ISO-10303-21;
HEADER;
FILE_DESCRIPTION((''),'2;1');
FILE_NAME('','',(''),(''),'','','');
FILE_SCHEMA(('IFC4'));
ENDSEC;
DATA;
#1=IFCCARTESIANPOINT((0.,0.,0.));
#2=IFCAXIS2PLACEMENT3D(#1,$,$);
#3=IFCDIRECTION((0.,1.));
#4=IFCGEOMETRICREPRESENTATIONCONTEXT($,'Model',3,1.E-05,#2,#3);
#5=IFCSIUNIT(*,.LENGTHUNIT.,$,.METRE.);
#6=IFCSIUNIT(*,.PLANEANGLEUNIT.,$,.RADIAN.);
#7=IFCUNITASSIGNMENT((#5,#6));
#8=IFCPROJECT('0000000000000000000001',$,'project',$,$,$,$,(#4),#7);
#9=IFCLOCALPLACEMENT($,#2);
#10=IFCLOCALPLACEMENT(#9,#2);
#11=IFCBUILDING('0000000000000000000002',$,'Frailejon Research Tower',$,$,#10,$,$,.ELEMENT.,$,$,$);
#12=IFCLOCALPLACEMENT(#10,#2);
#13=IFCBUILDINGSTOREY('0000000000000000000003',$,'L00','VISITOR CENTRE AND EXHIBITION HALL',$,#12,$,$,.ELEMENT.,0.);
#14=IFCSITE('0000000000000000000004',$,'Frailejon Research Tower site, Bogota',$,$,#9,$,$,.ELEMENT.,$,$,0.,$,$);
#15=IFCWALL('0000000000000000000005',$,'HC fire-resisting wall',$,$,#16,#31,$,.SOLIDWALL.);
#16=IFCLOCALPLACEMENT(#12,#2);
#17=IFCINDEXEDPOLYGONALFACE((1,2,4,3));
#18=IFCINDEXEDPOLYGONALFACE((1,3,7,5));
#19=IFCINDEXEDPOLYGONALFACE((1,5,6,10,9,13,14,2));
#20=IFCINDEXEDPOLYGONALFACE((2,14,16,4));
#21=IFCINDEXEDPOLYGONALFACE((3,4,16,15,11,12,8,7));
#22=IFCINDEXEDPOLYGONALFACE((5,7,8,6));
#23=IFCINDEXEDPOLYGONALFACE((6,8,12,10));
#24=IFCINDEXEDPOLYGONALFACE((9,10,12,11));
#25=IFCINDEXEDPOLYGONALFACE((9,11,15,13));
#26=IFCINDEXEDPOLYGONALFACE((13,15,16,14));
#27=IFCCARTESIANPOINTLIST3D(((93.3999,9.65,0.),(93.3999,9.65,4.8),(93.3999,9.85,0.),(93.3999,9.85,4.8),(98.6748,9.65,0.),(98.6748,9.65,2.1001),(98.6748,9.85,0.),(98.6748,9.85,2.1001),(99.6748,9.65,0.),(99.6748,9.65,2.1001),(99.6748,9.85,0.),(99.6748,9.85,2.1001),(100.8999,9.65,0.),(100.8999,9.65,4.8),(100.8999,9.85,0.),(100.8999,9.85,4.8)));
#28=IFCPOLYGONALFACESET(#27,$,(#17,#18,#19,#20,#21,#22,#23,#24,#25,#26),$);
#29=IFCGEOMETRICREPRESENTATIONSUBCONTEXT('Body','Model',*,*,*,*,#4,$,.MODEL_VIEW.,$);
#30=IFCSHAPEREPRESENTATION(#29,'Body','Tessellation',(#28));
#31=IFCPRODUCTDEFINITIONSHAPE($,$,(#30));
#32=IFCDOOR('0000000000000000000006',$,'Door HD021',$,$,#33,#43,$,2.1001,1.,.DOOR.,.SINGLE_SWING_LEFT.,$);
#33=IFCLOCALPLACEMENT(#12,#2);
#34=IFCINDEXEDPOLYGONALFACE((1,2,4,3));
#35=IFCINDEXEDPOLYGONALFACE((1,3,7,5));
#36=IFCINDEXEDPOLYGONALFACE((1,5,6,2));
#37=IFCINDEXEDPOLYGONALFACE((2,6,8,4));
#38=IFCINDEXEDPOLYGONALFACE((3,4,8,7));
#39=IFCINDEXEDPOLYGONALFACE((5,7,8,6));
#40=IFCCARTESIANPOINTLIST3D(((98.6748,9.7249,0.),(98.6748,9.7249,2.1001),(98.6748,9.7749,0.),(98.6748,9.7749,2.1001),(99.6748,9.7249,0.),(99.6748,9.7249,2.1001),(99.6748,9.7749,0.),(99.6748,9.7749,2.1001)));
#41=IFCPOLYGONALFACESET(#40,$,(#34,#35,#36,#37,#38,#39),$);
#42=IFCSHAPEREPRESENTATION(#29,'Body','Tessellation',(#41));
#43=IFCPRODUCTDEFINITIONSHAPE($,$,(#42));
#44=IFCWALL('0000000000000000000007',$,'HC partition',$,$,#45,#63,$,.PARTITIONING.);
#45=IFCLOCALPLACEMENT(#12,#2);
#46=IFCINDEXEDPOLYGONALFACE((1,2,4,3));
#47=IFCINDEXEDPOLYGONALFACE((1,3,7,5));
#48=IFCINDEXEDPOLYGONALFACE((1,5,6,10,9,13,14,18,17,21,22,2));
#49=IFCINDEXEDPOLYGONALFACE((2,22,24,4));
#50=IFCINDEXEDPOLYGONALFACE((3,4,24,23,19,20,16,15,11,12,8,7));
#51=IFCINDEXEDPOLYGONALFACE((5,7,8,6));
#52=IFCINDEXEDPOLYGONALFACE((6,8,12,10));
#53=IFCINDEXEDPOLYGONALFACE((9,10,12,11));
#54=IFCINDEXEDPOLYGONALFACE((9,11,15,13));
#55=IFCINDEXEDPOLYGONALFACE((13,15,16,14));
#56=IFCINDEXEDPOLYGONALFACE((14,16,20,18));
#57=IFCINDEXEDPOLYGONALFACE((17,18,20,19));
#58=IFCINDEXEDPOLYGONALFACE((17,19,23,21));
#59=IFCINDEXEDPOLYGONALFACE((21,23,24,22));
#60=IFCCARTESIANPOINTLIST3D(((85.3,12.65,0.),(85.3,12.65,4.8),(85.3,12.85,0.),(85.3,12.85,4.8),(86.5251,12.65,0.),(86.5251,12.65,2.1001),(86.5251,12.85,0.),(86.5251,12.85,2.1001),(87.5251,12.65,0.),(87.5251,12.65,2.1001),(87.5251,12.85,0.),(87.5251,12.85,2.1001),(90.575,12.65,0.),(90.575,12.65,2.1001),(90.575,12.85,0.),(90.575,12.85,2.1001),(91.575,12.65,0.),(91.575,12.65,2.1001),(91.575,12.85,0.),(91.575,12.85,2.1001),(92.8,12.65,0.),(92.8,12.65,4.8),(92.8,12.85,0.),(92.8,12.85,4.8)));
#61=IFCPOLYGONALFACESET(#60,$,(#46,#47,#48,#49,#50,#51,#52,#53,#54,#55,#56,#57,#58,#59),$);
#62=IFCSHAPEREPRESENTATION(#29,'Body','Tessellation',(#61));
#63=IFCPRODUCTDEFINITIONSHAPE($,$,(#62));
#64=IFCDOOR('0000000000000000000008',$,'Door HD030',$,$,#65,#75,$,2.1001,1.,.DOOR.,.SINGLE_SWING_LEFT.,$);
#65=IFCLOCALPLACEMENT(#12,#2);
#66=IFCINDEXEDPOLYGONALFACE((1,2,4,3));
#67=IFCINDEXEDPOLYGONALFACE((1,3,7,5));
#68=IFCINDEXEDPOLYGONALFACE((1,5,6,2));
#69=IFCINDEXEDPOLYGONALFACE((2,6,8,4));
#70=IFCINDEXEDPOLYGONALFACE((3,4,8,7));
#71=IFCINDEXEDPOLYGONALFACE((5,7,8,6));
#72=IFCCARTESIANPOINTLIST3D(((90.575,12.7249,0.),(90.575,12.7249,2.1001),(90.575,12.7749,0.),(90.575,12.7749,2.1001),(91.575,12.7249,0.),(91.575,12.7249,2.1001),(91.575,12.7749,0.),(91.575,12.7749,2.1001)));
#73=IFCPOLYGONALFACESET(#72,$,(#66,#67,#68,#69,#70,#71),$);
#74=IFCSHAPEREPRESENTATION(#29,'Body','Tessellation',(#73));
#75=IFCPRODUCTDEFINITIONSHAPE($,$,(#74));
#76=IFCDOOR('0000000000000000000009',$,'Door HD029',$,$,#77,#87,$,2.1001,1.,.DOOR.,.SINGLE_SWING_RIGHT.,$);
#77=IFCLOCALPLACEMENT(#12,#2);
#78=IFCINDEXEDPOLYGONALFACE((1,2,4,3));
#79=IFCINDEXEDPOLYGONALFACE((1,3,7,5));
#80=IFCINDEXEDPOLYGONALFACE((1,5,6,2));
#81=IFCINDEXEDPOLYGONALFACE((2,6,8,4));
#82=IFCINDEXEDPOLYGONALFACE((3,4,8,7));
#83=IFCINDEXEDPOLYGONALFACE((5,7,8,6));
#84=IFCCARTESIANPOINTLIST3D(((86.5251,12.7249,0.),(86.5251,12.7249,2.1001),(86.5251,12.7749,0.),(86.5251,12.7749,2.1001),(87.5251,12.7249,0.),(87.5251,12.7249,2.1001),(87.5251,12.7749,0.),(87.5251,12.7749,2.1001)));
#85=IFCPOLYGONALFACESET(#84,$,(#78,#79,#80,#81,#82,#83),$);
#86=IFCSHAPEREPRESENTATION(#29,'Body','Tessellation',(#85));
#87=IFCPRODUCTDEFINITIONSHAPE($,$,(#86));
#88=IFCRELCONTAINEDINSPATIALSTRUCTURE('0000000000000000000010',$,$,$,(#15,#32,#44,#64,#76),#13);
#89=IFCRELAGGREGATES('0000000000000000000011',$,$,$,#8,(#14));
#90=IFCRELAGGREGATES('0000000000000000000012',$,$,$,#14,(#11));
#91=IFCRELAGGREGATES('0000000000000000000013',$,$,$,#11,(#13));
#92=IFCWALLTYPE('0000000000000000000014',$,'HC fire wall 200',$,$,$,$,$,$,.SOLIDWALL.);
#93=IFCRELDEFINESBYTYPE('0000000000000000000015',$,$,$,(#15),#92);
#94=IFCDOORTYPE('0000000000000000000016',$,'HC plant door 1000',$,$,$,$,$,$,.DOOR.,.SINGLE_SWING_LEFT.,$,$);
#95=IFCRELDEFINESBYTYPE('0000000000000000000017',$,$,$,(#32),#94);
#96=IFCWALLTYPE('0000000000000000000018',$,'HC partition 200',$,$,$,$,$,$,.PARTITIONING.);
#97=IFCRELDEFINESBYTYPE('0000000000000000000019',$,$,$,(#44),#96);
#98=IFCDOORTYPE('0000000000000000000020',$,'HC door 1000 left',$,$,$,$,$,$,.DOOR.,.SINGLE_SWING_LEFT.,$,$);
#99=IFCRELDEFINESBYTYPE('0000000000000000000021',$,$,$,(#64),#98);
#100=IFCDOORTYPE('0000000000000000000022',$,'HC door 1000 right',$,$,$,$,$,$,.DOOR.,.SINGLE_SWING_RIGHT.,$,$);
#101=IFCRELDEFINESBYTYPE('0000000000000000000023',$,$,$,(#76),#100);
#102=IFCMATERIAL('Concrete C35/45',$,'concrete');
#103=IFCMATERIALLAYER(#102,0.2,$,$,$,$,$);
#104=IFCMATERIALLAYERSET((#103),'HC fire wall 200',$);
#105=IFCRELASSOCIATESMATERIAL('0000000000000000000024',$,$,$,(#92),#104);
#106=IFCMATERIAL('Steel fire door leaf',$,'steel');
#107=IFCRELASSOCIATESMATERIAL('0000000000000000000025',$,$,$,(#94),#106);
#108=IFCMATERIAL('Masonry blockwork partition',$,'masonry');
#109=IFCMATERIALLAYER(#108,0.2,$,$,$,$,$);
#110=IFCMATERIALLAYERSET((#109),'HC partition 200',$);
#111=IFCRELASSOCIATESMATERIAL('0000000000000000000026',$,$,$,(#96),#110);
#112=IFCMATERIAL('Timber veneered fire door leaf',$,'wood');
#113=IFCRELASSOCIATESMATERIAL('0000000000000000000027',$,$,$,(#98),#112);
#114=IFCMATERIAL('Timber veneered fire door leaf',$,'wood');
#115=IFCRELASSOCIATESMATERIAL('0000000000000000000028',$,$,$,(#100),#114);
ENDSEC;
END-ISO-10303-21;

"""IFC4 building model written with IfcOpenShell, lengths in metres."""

from ifc_helpers import new_model, si_unit, direction, frame, frame_2d, origin, place, context, subcontext, project, spatial, rectangle, extrude, material, layer, layer_set, type_object, element, fill, save


model = new_model("IFC4")

# Units and contexts
model_context = context("Model", 3, precision=1e-05, world=origin(), true_north=direction((0.0, 1.0)))
body_context = subcontext(model_context, "Body", "Model", "MODEL_VIEW")
ifc_project = project(units=[si_unit("LENGTHUNIT", "METRE"), si_unit("PLANEANGLEUNIT", "RADIAN")], contexts=[model_context])

# Site, building, storey
site_placement = place(None, origin())
site = spatial("IfcSite", under=ifc_project, at=site_placement, Name="Frailejon Research Tower site, Bogota", CompositionType="ELEMENT", RefElevation=0.0)
building_placement = place(site_placement, origin())
building = spatial("IfcBuilding", under=site, at=building_placement, Name="Frailejon Research Tower", CompositionType="ELEMENT")
storey_placement = place(building_placement, origin())
storey = spatial("IfcBuildingStorey", under=building, at=storey_placement, Name="L00", Description="VISITOR CENTRE AND EXHIBITION HALL", CompositionType="ELEMENT", Elevation=0.0)

# Shared definitions
ifc_material_1 = material(Name="Concrete C35/45", Category="concrete")
ifc_layer_1 = layer(ifc_material_1, 0.2)
ifc_layer_set_1 = layer_set([ifc_layer_1], Name="HC fire wall 200")
wall_type_1 = type_object("IfcWallType", Name="HC fire wall 200", PredefinedType="SOLIDWALL", material=ifc_layer_set_1)

# Wall, opening, door
ifc_material_2 = material(Name="Steel fire door leaf", Category="steel")
door_type_1 = type_object("IfcDoorType", Name="HC plant door 1000", OperationType="SINGLE_SWING_LEFT", PredefinedType="DOOR", material=ifc_material_2)
wall_1_placement = place(storey_placement, frame((93.3999, 9.75, 0.0), z_axis=(0.0, 0.0, 1.0), x_axis=(1.0, 0.0, 0.0)))
wall_1 = element("IfcWall", 1, at=wall_1_placement, inside=storey, type_object=wall_type_1, Name="HC fire-resisting wall", PredefinedType="SOLIDWALL", context=body_context, shape_type="SweptSolid", body=[
    extrude(rectangle(XDim=7.5, YDim=0.2, at=frame_2d((3.75, 0.0))), origin(), (0.0, 0.0, 1.0), 4.8),
])
opening_1_placement = place(wall_1_placement, frame((5.2749, 0.0, 0.0)))
opening_1 = element("IfcOpeningElement", 2, at=opening_1_placement, cuts=wall_1, PredefinedType="OPENING", context=body_context, shape_type="SweptSolid", body=[
    extrude(rectangle(XDim=1.0, YDim=2.1001, at=frame_2d((0.5, 1.05))), frame((0.0, 0.1099, 0.0), z_axis=(0.0, -1.0, 0.0), x_axis=(1.0, 0.0, 0.0)), (0.0, 0.0, 1.0), 0.22),
])
door_1_placement = place(opening_1_placement, origin())
door_1 = element("IfcDoor", 3, at=door_1_placement, inside=storey, type_object=door_type_1, Name="Door HD021", OperationType="SINGLE_SWING_LEFT", OverallHeight=2.1001, OverallWidth=1.0, PredefinedType="DOOR", context=body_context, shape_type="SweptSolid", body=[
    extrude(rectangle(XDim=1.0, YDim=2.1001, at=frame_2d((0.5, 1.05))), frame((0.0, 0.0249, 0.0), z_axis=(0.0, -1.0, 0.0), x_axis=(1.0, 0.0, 0.0)), (0.0, 0.0, 1.0), 0.05),
])
fill(opening_1, door_1)

# Wall, openings, doors
ifc_material_3 = material(Name="Masonry blockwork partition", Category="masonry")
ifc_layer_2 = layer(ifc_material_3, 0.2)
ifc_layer_set_2 = layer_set([ifc_layer_2], Name="HC partition 200")
wall_type_2 = type_object("IfcWallType", Name="HC partition 200", PredefinedType="PARTITIONING", material=ifc_layer_set_2)
wall_2_placement = place(storey_placement, frame((85.3, 12.75, 0.0), z_axis=(0.0, 0.0, 1.0), x_axis=(1.0, 0.0, 0.0)))
wall_2 = element("IfcWall", 4, at=wall_2_placement, inside=storey, type_object=wall_type_2, Name="HC partition", PredefinedType="PARTITIONING", context=body_context, shape_type="SweptSolid", body=[
    extrude(rectangle(XDim=7.5, YDim=0.2, at=frame_2d((3.75, 0.0))), origin(), (0.0, 0.0, 1.0), 4.8),
])
opening_2_placement = place(wall_2_placement, frame((1.2251, 0.0, 0.0)))
opening_2 = element("IfcOpeningElement", 5, at=opening_2_placement, cuts=wall_2, PredefinedType="OPENING", context=body_context, shape_type="SweptSolid", body=[
    extrude(rectangle(XDim=1.0, YDim=2.1001, at=frame_2d((0.5, 1.05))), frame((0.0, 0.1099, 0.0), z_axis=(0.0, -1.0, 0.0), x_axis=(1.0, 0.0, 0.0)), (0.0, 0.0, 1.0), 0.22),
])
opening_3_placement = place(wall_2_placement, frame((5.2749, 0.0, 0.0)))
opening_3 = element("IfcOpeningElement", 6, at=opening_3_placement, cuts=wall_2, PredefinedType="OPENING", context=body_context, shape_type="SweptSolid", body=[
    extrude(rectangle(XDim=1.0, YDim=2.1001, at=frame_2d((0.5, 1.05))), frame((0.0, 0.1099, 0.0), z_axis=(0.0, -1.0, 0.0), x_axis=(1.0, 0.0, 0.0)), (0.0, 0.0, 1.0), 0.22),
])
ifc_material_4 = material(Name="Timber veneered fire door leaf", Category="wood")
door_type_2 = type_object("IfcDoorType", Name="HC door 1000 left", OperationType="SINGLE_SWING_LEFT", PredefinedType="DOOR", material=ifc_material_4)
door_2_placement = place(opening_3_placement, origin())
door_2 = element("IfcDoor", 7, at=door_2_placement, inside=storey, type_object=door_type_2, Name="Door HD030", OperationType="SINGLE_SWING_LEFT", OverallHeight=2.1001, OverallWidth=1.0, PredefinedType="DOOR", context=body_context, shape_type="SweptSolid", body=[
    extrude(rectangle(XDim=1.0, YDim=2.1001, at=frame_2d((0.5, 1.05))), frame((0.0, 0.0249, 0.0), z_axis=(0.0, -1.0, 0.0), x_axis=(1.0, 0.0, 0.0)), (0.0, 0.0, 1.0), 0.05),
])
fill(opening_3, door_2)
ifc_material_5 = material(Name="Timber veneered fire door leaf", Category="wood")
door_type_3 = type_object("IfcDoorType", Name="HC door 1000 right", OperationType="SINGLE_SWING_RIGHT", PredefinedType="DOOR", material=ifc_material_5)
door_3_placement = place(opening_2_placement, origin())
door_3 = element("IfcDoor", 8, at=door_3_placement, inside=storey, type_object=door_type_3, Name="Door HD029", OperationType="SINGLE_SWING_RIGHT", OverallHeight=2.1001, OverallWidth=1.0, PredefinedType="DOOR", context=body_context, shape_type="SweptSolid", body=[
    extrude(rectangle(XDim=1.0, YDim=2.1001, at=frame_2d((0.5, 1.05))), frame((0.0, 0.0249, 0.0), z_axis=(0.0, -1.0, 0.0), x_axis=(1.0, 0.0, 0.0)), (0.0, 0.0, 1.0), 0.05),
])
fill(opening_2, door_3)

save(model, "model.ifc")
